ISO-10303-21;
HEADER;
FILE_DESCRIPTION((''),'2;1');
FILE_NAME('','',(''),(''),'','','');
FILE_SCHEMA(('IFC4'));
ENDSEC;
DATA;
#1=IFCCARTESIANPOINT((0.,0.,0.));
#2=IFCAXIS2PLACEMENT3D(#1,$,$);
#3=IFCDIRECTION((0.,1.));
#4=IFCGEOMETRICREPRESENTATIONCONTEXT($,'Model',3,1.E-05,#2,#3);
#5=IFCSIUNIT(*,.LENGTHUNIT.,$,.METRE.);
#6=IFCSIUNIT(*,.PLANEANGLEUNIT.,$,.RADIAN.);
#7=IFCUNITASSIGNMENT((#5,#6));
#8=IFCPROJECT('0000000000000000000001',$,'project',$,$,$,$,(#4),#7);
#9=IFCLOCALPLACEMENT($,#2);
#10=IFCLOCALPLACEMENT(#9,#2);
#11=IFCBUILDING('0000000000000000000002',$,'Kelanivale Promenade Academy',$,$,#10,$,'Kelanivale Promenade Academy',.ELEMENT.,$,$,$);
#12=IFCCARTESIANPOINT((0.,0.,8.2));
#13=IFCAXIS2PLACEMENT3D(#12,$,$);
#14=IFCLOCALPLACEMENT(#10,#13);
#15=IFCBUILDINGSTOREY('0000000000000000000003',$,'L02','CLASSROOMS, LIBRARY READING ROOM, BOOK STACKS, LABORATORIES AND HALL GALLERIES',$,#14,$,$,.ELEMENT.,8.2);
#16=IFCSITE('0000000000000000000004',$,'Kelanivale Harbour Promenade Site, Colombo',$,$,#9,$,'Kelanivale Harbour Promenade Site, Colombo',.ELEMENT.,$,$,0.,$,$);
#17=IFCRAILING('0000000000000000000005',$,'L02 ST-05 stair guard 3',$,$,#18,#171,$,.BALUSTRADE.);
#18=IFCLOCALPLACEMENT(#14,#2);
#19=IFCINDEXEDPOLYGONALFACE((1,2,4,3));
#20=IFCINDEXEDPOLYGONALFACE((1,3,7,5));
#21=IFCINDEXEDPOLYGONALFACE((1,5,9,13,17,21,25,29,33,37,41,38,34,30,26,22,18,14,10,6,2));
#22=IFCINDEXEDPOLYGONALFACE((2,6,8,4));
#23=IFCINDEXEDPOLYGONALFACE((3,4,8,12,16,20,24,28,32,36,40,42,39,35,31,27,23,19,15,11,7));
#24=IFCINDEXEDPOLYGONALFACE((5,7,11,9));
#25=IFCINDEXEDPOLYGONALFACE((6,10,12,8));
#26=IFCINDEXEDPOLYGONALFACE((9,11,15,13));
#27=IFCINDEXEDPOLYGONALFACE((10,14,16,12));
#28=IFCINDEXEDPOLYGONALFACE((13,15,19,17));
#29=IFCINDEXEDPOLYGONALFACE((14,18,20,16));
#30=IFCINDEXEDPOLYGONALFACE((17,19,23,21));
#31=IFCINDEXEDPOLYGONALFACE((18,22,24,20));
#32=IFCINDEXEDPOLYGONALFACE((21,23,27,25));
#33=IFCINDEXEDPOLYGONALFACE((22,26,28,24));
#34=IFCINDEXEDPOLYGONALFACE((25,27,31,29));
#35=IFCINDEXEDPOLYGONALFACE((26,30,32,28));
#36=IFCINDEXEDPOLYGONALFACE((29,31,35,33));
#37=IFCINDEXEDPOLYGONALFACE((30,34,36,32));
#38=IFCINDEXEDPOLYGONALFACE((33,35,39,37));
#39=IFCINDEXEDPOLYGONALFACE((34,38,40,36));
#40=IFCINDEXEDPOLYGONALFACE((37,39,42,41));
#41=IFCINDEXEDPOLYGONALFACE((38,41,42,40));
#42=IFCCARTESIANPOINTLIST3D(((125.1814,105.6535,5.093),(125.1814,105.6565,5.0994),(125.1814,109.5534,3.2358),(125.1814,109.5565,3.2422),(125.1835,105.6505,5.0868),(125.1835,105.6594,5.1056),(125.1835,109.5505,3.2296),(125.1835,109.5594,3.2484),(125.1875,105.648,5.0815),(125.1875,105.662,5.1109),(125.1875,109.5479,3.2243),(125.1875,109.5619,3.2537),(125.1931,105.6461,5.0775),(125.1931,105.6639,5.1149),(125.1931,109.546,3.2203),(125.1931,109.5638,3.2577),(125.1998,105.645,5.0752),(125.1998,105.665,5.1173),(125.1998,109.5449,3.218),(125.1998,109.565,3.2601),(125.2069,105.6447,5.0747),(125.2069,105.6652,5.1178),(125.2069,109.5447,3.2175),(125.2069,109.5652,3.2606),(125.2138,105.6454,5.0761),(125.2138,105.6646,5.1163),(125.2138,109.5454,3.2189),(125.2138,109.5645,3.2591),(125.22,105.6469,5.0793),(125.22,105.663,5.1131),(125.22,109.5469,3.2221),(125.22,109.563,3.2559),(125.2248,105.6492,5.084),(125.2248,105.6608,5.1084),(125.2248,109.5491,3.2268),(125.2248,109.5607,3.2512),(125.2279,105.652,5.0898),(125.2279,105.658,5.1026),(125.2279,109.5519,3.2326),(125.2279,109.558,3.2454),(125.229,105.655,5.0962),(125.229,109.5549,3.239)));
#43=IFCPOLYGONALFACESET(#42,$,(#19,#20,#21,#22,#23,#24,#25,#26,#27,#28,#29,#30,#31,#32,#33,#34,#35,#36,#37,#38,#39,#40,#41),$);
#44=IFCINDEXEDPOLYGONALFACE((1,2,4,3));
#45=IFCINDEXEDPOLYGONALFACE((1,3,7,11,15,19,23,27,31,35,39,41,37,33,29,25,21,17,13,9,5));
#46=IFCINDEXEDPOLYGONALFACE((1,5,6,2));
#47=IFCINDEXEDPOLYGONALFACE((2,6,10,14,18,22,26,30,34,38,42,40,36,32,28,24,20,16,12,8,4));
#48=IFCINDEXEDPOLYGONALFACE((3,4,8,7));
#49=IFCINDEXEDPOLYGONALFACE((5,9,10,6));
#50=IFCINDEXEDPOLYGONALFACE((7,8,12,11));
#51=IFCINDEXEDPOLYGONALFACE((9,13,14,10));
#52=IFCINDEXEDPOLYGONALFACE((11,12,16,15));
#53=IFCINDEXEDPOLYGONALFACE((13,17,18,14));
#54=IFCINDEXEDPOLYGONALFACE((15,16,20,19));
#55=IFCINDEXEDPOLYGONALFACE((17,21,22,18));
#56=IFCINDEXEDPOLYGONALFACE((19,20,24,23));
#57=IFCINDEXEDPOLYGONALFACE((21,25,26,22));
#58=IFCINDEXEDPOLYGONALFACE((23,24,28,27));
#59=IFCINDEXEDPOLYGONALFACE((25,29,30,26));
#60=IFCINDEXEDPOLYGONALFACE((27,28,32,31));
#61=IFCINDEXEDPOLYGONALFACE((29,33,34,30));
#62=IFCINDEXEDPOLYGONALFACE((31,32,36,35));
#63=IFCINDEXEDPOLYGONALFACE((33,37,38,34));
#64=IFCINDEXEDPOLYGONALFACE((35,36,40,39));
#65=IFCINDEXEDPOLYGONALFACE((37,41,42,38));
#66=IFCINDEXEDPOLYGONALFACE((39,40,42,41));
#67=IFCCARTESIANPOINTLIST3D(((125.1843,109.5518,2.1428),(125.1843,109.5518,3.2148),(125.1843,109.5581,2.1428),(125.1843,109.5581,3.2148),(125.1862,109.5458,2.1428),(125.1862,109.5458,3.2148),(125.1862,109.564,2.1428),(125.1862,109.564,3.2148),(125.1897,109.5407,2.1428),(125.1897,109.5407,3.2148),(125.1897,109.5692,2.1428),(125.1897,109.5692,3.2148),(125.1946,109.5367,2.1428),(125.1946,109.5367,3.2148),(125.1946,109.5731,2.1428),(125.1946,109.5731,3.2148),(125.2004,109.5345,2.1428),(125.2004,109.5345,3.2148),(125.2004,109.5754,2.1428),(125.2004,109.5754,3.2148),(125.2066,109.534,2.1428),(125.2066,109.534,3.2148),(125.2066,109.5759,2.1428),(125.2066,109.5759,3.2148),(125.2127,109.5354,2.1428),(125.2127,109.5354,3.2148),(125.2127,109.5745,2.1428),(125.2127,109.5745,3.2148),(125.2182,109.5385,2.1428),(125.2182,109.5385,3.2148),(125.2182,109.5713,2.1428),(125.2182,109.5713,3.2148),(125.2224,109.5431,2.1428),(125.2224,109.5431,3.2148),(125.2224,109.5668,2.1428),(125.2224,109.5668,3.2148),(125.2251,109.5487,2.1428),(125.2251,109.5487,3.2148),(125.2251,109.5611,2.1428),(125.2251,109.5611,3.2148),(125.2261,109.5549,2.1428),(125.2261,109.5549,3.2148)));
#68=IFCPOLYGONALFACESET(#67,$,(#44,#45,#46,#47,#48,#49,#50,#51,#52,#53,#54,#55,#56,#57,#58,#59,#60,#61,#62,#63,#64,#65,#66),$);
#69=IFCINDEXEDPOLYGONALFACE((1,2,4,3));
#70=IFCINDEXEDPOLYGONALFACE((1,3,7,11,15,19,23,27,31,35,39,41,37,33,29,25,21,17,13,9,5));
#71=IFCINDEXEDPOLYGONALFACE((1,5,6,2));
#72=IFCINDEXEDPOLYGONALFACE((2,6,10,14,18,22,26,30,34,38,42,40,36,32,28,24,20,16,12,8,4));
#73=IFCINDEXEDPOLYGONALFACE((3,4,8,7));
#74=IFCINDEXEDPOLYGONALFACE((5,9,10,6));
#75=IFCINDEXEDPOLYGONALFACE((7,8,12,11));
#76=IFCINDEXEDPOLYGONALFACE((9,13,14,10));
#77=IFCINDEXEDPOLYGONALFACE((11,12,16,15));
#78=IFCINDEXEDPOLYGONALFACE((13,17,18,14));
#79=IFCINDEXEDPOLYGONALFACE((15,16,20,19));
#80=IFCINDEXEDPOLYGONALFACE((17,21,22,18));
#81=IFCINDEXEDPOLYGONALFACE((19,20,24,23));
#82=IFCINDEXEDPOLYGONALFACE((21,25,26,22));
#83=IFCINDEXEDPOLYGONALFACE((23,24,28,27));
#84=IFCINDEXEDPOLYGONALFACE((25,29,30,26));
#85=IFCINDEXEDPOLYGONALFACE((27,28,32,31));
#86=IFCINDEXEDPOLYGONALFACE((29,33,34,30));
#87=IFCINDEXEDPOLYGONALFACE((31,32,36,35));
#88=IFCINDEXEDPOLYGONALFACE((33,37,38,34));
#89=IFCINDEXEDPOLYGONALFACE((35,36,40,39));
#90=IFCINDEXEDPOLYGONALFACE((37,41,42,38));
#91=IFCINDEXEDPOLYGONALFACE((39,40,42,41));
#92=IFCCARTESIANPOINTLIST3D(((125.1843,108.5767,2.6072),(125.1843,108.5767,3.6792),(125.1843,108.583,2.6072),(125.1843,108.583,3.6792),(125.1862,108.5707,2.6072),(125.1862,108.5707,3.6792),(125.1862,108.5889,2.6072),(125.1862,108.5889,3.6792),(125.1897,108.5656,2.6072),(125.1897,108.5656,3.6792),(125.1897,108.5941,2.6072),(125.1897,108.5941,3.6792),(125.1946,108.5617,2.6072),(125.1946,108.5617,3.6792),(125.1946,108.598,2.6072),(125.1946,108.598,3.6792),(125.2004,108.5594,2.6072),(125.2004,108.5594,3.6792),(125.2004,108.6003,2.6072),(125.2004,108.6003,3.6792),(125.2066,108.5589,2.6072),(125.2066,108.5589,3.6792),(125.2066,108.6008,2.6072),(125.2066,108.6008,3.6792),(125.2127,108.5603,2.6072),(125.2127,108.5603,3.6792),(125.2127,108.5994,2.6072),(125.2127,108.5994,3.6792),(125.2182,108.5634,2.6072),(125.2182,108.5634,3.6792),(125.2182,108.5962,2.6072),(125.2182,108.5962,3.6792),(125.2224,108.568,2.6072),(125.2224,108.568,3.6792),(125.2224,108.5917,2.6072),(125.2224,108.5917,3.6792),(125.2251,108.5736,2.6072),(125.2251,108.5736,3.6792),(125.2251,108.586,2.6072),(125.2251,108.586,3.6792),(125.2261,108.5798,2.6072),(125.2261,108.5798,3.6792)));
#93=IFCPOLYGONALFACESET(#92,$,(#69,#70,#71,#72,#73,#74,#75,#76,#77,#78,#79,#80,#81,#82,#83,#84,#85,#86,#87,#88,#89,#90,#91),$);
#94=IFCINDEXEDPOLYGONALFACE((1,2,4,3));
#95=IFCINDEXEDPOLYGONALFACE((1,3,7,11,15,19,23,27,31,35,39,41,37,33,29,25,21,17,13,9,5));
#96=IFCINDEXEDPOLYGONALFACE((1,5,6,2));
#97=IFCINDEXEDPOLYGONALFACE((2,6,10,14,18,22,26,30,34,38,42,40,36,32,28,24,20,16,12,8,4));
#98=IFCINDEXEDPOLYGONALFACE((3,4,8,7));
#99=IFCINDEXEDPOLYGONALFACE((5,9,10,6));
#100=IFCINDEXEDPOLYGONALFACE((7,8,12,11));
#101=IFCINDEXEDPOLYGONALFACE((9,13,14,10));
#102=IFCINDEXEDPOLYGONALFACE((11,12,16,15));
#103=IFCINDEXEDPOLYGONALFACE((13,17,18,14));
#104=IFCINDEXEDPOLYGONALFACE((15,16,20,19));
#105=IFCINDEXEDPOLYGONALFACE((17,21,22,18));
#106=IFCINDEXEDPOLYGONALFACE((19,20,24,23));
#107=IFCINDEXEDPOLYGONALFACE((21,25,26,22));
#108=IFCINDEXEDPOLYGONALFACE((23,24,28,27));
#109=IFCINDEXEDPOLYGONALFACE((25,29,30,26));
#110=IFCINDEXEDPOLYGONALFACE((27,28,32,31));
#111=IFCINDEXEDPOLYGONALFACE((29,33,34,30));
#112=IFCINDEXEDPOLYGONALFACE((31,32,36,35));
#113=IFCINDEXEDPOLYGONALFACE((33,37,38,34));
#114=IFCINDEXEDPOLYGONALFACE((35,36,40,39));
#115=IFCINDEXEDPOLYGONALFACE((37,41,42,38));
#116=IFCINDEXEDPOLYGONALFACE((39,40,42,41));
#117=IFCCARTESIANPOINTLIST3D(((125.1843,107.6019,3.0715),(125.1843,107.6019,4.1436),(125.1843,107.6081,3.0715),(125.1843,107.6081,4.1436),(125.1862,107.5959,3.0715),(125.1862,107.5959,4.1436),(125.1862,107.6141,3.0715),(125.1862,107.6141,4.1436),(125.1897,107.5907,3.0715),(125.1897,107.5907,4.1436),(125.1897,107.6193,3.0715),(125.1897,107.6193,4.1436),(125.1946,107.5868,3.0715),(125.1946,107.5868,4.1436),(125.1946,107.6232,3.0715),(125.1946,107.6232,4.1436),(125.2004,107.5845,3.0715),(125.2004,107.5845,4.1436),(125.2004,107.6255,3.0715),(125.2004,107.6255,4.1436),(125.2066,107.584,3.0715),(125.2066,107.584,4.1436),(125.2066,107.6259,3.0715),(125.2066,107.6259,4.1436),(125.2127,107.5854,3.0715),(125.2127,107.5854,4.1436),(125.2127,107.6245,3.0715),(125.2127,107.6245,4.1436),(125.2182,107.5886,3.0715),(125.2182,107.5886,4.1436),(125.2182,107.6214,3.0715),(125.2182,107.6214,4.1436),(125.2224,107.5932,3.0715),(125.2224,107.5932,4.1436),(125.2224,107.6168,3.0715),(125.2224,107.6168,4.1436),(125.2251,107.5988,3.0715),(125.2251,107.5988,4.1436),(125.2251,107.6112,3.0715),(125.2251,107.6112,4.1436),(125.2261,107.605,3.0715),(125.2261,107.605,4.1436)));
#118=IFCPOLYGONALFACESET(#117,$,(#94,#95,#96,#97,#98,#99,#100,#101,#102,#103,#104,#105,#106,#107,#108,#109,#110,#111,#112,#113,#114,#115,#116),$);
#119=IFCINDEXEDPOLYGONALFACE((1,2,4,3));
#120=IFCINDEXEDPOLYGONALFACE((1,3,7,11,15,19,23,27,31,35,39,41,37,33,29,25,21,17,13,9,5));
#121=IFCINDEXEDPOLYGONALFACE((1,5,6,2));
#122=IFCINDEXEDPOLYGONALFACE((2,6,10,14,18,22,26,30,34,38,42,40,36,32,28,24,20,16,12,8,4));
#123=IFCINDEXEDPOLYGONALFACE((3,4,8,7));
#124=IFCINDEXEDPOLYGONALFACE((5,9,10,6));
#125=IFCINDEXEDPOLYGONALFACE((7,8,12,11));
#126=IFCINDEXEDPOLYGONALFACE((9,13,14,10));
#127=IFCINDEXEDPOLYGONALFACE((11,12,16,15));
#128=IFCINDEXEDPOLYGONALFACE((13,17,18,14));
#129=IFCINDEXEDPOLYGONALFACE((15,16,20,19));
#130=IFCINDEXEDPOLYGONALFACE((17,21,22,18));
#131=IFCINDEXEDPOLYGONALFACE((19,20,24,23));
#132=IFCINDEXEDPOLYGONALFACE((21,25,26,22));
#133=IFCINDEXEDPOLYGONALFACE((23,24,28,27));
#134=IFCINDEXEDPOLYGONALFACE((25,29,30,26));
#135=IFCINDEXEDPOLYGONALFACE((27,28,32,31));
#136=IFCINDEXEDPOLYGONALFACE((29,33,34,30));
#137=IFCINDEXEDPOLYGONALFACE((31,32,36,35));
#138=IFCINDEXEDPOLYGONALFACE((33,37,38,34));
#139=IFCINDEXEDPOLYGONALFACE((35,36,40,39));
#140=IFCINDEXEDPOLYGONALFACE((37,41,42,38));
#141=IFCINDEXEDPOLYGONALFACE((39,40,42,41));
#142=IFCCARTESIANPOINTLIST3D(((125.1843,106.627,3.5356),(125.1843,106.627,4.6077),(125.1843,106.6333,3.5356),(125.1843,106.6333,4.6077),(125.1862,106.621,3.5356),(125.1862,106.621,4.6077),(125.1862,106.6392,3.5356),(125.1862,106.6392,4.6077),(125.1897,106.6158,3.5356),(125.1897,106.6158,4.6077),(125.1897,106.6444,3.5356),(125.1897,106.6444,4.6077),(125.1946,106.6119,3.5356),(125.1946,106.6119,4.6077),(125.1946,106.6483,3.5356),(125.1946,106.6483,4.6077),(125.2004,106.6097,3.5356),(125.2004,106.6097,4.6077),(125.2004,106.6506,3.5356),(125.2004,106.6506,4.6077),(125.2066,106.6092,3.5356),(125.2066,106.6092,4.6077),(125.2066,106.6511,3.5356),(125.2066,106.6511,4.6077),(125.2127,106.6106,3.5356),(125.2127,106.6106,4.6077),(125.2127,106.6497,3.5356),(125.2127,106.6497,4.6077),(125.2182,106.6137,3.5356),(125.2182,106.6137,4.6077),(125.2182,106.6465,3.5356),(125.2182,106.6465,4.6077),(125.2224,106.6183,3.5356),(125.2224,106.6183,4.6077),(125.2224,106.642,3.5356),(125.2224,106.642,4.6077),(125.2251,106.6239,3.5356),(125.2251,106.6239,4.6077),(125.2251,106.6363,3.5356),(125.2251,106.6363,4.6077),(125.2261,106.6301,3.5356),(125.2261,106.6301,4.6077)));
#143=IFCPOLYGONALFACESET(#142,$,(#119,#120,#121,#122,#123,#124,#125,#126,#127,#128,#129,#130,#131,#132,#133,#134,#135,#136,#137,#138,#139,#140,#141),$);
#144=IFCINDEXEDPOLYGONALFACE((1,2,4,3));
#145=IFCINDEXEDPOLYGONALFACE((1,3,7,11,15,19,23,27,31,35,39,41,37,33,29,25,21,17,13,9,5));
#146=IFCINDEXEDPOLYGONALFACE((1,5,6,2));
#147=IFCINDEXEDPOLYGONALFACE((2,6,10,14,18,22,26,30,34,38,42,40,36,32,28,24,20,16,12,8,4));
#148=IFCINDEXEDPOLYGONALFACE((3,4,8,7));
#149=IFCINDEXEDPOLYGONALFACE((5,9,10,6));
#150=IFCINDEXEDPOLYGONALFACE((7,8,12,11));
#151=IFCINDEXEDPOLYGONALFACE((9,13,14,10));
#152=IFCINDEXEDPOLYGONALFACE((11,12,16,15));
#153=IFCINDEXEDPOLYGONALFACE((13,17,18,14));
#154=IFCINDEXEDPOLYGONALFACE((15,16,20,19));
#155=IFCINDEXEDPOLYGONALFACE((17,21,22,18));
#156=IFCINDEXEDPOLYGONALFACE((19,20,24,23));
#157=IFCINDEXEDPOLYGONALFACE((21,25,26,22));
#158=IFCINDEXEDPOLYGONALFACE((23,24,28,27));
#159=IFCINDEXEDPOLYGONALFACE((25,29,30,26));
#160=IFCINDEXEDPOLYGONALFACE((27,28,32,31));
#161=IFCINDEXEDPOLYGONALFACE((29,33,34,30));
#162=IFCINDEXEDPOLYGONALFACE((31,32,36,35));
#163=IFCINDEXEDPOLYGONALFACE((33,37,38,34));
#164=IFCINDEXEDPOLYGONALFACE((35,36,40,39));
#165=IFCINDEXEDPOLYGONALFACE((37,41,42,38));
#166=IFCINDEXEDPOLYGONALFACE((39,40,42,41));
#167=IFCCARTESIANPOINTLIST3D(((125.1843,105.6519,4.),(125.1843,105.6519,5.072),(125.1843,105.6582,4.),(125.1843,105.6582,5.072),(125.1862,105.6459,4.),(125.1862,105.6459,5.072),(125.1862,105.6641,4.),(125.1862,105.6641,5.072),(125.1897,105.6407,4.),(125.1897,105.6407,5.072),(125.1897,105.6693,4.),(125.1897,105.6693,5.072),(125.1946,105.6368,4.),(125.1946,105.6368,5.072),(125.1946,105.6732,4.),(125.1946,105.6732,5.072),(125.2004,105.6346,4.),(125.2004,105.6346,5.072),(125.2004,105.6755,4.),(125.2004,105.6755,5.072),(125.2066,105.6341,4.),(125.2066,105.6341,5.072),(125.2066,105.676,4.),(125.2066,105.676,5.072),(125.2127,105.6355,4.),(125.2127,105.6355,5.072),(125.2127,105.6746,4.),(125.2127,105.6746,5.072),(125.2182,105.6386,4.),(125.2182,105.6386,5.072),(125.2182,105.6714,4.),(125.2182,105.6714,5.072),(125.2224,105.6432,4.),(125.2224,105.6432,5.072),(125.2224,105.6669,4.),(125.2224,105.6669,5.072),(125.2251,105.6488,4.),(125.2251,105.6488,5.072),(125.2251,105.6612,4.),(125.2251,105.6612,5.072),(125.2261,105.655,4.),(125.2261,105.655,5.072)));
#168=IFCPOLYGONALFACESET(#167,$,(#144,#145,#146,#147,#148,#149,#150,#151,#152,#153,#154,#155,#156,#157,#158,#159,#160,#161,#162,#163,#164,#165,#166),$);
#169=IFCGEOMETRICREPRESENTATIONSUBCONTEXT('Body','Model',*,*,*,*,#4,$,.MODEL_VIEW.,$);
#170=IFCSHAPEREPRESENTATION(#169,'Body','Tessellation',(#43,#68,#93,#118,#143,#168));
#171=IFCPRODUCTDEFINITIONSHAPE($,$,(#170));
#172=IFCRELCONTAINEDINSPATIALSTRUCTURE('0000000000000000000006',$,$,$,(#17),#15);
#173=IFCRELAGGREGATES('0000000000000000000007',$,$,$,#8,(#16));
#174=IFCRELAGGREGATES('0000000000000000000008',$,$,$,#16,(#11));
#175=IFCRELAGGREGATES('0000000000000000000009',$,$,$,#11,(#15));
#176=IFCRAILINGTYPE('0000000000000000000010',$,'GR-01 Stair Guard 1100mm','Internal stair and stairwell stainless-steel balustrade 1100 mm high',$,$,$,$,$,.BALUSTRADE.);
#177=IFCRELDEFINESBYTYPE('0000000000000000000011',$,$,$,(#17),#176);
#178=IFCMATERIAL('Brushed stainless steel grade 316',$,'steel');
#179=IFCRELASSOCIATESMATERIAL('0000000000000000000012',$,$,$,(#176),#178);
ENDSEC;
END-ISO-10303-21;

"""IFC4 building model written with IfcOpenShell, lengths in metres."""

from ifc_helpers import new_model, si_unit, direction, frame, origin, origin_2d, place, context, subcontext, project, spatial, circle, extrude, material, type_object, element, save


model = new_model("IFC4")

# Units and contexts
model_context = context("Model", 3, precision=1e-05, world=origin(), true_north=direction((0.0, 1.0)))
body_context = subcontext(model_context, "Body", "Model", "MODEL_VIEW")
ifc_project = project(units=[si_unit("LENGTHUNIT", "METRE"), si_unit("PLANEANGLEUNIT", "RADIAN")], contexts=[model_context])

# Site, building, storey
site_placement = place(None, origin())
site = spatial("IfcSite", under=ifc_project, at=site_placement, Name="Kelanivale Harbour Promenade Site, Colombo", LongName="Kelanivale Harbour Promenade Site, Colombo", CompositionType="ELEMENT", RefElevation=0.0)
building_placement = place(site_placement, origin())
building = spatial("IfcBuilding", under=site, at=building_placement, Name="Kelanivale Promenade Academy", LongName="Kelanivale Promenade Academy", CompositionType="ELEMENT")
storey_placement = place(building_placement, frame((0.0, 0.0, 8.2)))
storey = spatial("IfcBuildingStorey", under=building, at=storey_placement, Name="L02", Description="CLASSROOMS, LIBRARY READING ROOM, BOOK STACKS, LABORATORIES AND HALL GALLERIES", CompositionType="ELEMENT", Elevation=8.2)

# Railing
ifc_material_1 = material(Name="Brushed stainless steel grade 316", Category="steel")
railing_type_1 = type_object("IfcRailingType", Name="GR-01 Stair Guard 1100mm", Description="Internal stair and stairwell stainless-steel balustrade 1100 mm high", PredefinedType="BALUSTRADE", material=ifc_material_1)
railing_1_placement = place(storey_placement, frame((125.2051, 109.5549, 2.1428)))
element("IfcRailing", 1, at=railing_1_placement, inside=storey, type_object=railing_type_1, Name="L02 ST-05 stair guard 3", PredefinedType="BALUSTRADE", context=body_context, shape_type="SweptSolid", body=[
    extrude(circle(Radius=0.0239, at=origin_2d()), frame((0.0, 0.0, 1.0962), z_axis=(0.0, -0.902853, 0.429949), x_axis=(1.0, 0.0, 0.0)), (0.0, 0.0, 1.0), 4.3196),
    extrude(circle(Radius=0.021, at=origin_2d()), origin(), (0.0, 0.0, 1.0), 1.072),
    extrude(circle(Radius=0.021, at=origin_2d()), frame((0.0, -0.9751, 0.4644)), (0.0, 0.0, 1.0), 1.072),
    extrude(circle(Radius=0.021, at=origin_2d()), frame((0.0, -1.95, 0.9287)), (0.0, 0.0, 1.0), 1.072),
    extrude(circle(Radius=0.021, at=origin_2d()), frame((0.0, -2.9248, 1.3928)), (0.0, 0.0, 1.0), 1.072),
    extrude(circle(Radius=0.021, at=origin_2d()), frame((0.0, -3.8999, 1.8572)), (0.0, 0.0, 1.0), 1.072),
])

save(model, "model.ifc")
